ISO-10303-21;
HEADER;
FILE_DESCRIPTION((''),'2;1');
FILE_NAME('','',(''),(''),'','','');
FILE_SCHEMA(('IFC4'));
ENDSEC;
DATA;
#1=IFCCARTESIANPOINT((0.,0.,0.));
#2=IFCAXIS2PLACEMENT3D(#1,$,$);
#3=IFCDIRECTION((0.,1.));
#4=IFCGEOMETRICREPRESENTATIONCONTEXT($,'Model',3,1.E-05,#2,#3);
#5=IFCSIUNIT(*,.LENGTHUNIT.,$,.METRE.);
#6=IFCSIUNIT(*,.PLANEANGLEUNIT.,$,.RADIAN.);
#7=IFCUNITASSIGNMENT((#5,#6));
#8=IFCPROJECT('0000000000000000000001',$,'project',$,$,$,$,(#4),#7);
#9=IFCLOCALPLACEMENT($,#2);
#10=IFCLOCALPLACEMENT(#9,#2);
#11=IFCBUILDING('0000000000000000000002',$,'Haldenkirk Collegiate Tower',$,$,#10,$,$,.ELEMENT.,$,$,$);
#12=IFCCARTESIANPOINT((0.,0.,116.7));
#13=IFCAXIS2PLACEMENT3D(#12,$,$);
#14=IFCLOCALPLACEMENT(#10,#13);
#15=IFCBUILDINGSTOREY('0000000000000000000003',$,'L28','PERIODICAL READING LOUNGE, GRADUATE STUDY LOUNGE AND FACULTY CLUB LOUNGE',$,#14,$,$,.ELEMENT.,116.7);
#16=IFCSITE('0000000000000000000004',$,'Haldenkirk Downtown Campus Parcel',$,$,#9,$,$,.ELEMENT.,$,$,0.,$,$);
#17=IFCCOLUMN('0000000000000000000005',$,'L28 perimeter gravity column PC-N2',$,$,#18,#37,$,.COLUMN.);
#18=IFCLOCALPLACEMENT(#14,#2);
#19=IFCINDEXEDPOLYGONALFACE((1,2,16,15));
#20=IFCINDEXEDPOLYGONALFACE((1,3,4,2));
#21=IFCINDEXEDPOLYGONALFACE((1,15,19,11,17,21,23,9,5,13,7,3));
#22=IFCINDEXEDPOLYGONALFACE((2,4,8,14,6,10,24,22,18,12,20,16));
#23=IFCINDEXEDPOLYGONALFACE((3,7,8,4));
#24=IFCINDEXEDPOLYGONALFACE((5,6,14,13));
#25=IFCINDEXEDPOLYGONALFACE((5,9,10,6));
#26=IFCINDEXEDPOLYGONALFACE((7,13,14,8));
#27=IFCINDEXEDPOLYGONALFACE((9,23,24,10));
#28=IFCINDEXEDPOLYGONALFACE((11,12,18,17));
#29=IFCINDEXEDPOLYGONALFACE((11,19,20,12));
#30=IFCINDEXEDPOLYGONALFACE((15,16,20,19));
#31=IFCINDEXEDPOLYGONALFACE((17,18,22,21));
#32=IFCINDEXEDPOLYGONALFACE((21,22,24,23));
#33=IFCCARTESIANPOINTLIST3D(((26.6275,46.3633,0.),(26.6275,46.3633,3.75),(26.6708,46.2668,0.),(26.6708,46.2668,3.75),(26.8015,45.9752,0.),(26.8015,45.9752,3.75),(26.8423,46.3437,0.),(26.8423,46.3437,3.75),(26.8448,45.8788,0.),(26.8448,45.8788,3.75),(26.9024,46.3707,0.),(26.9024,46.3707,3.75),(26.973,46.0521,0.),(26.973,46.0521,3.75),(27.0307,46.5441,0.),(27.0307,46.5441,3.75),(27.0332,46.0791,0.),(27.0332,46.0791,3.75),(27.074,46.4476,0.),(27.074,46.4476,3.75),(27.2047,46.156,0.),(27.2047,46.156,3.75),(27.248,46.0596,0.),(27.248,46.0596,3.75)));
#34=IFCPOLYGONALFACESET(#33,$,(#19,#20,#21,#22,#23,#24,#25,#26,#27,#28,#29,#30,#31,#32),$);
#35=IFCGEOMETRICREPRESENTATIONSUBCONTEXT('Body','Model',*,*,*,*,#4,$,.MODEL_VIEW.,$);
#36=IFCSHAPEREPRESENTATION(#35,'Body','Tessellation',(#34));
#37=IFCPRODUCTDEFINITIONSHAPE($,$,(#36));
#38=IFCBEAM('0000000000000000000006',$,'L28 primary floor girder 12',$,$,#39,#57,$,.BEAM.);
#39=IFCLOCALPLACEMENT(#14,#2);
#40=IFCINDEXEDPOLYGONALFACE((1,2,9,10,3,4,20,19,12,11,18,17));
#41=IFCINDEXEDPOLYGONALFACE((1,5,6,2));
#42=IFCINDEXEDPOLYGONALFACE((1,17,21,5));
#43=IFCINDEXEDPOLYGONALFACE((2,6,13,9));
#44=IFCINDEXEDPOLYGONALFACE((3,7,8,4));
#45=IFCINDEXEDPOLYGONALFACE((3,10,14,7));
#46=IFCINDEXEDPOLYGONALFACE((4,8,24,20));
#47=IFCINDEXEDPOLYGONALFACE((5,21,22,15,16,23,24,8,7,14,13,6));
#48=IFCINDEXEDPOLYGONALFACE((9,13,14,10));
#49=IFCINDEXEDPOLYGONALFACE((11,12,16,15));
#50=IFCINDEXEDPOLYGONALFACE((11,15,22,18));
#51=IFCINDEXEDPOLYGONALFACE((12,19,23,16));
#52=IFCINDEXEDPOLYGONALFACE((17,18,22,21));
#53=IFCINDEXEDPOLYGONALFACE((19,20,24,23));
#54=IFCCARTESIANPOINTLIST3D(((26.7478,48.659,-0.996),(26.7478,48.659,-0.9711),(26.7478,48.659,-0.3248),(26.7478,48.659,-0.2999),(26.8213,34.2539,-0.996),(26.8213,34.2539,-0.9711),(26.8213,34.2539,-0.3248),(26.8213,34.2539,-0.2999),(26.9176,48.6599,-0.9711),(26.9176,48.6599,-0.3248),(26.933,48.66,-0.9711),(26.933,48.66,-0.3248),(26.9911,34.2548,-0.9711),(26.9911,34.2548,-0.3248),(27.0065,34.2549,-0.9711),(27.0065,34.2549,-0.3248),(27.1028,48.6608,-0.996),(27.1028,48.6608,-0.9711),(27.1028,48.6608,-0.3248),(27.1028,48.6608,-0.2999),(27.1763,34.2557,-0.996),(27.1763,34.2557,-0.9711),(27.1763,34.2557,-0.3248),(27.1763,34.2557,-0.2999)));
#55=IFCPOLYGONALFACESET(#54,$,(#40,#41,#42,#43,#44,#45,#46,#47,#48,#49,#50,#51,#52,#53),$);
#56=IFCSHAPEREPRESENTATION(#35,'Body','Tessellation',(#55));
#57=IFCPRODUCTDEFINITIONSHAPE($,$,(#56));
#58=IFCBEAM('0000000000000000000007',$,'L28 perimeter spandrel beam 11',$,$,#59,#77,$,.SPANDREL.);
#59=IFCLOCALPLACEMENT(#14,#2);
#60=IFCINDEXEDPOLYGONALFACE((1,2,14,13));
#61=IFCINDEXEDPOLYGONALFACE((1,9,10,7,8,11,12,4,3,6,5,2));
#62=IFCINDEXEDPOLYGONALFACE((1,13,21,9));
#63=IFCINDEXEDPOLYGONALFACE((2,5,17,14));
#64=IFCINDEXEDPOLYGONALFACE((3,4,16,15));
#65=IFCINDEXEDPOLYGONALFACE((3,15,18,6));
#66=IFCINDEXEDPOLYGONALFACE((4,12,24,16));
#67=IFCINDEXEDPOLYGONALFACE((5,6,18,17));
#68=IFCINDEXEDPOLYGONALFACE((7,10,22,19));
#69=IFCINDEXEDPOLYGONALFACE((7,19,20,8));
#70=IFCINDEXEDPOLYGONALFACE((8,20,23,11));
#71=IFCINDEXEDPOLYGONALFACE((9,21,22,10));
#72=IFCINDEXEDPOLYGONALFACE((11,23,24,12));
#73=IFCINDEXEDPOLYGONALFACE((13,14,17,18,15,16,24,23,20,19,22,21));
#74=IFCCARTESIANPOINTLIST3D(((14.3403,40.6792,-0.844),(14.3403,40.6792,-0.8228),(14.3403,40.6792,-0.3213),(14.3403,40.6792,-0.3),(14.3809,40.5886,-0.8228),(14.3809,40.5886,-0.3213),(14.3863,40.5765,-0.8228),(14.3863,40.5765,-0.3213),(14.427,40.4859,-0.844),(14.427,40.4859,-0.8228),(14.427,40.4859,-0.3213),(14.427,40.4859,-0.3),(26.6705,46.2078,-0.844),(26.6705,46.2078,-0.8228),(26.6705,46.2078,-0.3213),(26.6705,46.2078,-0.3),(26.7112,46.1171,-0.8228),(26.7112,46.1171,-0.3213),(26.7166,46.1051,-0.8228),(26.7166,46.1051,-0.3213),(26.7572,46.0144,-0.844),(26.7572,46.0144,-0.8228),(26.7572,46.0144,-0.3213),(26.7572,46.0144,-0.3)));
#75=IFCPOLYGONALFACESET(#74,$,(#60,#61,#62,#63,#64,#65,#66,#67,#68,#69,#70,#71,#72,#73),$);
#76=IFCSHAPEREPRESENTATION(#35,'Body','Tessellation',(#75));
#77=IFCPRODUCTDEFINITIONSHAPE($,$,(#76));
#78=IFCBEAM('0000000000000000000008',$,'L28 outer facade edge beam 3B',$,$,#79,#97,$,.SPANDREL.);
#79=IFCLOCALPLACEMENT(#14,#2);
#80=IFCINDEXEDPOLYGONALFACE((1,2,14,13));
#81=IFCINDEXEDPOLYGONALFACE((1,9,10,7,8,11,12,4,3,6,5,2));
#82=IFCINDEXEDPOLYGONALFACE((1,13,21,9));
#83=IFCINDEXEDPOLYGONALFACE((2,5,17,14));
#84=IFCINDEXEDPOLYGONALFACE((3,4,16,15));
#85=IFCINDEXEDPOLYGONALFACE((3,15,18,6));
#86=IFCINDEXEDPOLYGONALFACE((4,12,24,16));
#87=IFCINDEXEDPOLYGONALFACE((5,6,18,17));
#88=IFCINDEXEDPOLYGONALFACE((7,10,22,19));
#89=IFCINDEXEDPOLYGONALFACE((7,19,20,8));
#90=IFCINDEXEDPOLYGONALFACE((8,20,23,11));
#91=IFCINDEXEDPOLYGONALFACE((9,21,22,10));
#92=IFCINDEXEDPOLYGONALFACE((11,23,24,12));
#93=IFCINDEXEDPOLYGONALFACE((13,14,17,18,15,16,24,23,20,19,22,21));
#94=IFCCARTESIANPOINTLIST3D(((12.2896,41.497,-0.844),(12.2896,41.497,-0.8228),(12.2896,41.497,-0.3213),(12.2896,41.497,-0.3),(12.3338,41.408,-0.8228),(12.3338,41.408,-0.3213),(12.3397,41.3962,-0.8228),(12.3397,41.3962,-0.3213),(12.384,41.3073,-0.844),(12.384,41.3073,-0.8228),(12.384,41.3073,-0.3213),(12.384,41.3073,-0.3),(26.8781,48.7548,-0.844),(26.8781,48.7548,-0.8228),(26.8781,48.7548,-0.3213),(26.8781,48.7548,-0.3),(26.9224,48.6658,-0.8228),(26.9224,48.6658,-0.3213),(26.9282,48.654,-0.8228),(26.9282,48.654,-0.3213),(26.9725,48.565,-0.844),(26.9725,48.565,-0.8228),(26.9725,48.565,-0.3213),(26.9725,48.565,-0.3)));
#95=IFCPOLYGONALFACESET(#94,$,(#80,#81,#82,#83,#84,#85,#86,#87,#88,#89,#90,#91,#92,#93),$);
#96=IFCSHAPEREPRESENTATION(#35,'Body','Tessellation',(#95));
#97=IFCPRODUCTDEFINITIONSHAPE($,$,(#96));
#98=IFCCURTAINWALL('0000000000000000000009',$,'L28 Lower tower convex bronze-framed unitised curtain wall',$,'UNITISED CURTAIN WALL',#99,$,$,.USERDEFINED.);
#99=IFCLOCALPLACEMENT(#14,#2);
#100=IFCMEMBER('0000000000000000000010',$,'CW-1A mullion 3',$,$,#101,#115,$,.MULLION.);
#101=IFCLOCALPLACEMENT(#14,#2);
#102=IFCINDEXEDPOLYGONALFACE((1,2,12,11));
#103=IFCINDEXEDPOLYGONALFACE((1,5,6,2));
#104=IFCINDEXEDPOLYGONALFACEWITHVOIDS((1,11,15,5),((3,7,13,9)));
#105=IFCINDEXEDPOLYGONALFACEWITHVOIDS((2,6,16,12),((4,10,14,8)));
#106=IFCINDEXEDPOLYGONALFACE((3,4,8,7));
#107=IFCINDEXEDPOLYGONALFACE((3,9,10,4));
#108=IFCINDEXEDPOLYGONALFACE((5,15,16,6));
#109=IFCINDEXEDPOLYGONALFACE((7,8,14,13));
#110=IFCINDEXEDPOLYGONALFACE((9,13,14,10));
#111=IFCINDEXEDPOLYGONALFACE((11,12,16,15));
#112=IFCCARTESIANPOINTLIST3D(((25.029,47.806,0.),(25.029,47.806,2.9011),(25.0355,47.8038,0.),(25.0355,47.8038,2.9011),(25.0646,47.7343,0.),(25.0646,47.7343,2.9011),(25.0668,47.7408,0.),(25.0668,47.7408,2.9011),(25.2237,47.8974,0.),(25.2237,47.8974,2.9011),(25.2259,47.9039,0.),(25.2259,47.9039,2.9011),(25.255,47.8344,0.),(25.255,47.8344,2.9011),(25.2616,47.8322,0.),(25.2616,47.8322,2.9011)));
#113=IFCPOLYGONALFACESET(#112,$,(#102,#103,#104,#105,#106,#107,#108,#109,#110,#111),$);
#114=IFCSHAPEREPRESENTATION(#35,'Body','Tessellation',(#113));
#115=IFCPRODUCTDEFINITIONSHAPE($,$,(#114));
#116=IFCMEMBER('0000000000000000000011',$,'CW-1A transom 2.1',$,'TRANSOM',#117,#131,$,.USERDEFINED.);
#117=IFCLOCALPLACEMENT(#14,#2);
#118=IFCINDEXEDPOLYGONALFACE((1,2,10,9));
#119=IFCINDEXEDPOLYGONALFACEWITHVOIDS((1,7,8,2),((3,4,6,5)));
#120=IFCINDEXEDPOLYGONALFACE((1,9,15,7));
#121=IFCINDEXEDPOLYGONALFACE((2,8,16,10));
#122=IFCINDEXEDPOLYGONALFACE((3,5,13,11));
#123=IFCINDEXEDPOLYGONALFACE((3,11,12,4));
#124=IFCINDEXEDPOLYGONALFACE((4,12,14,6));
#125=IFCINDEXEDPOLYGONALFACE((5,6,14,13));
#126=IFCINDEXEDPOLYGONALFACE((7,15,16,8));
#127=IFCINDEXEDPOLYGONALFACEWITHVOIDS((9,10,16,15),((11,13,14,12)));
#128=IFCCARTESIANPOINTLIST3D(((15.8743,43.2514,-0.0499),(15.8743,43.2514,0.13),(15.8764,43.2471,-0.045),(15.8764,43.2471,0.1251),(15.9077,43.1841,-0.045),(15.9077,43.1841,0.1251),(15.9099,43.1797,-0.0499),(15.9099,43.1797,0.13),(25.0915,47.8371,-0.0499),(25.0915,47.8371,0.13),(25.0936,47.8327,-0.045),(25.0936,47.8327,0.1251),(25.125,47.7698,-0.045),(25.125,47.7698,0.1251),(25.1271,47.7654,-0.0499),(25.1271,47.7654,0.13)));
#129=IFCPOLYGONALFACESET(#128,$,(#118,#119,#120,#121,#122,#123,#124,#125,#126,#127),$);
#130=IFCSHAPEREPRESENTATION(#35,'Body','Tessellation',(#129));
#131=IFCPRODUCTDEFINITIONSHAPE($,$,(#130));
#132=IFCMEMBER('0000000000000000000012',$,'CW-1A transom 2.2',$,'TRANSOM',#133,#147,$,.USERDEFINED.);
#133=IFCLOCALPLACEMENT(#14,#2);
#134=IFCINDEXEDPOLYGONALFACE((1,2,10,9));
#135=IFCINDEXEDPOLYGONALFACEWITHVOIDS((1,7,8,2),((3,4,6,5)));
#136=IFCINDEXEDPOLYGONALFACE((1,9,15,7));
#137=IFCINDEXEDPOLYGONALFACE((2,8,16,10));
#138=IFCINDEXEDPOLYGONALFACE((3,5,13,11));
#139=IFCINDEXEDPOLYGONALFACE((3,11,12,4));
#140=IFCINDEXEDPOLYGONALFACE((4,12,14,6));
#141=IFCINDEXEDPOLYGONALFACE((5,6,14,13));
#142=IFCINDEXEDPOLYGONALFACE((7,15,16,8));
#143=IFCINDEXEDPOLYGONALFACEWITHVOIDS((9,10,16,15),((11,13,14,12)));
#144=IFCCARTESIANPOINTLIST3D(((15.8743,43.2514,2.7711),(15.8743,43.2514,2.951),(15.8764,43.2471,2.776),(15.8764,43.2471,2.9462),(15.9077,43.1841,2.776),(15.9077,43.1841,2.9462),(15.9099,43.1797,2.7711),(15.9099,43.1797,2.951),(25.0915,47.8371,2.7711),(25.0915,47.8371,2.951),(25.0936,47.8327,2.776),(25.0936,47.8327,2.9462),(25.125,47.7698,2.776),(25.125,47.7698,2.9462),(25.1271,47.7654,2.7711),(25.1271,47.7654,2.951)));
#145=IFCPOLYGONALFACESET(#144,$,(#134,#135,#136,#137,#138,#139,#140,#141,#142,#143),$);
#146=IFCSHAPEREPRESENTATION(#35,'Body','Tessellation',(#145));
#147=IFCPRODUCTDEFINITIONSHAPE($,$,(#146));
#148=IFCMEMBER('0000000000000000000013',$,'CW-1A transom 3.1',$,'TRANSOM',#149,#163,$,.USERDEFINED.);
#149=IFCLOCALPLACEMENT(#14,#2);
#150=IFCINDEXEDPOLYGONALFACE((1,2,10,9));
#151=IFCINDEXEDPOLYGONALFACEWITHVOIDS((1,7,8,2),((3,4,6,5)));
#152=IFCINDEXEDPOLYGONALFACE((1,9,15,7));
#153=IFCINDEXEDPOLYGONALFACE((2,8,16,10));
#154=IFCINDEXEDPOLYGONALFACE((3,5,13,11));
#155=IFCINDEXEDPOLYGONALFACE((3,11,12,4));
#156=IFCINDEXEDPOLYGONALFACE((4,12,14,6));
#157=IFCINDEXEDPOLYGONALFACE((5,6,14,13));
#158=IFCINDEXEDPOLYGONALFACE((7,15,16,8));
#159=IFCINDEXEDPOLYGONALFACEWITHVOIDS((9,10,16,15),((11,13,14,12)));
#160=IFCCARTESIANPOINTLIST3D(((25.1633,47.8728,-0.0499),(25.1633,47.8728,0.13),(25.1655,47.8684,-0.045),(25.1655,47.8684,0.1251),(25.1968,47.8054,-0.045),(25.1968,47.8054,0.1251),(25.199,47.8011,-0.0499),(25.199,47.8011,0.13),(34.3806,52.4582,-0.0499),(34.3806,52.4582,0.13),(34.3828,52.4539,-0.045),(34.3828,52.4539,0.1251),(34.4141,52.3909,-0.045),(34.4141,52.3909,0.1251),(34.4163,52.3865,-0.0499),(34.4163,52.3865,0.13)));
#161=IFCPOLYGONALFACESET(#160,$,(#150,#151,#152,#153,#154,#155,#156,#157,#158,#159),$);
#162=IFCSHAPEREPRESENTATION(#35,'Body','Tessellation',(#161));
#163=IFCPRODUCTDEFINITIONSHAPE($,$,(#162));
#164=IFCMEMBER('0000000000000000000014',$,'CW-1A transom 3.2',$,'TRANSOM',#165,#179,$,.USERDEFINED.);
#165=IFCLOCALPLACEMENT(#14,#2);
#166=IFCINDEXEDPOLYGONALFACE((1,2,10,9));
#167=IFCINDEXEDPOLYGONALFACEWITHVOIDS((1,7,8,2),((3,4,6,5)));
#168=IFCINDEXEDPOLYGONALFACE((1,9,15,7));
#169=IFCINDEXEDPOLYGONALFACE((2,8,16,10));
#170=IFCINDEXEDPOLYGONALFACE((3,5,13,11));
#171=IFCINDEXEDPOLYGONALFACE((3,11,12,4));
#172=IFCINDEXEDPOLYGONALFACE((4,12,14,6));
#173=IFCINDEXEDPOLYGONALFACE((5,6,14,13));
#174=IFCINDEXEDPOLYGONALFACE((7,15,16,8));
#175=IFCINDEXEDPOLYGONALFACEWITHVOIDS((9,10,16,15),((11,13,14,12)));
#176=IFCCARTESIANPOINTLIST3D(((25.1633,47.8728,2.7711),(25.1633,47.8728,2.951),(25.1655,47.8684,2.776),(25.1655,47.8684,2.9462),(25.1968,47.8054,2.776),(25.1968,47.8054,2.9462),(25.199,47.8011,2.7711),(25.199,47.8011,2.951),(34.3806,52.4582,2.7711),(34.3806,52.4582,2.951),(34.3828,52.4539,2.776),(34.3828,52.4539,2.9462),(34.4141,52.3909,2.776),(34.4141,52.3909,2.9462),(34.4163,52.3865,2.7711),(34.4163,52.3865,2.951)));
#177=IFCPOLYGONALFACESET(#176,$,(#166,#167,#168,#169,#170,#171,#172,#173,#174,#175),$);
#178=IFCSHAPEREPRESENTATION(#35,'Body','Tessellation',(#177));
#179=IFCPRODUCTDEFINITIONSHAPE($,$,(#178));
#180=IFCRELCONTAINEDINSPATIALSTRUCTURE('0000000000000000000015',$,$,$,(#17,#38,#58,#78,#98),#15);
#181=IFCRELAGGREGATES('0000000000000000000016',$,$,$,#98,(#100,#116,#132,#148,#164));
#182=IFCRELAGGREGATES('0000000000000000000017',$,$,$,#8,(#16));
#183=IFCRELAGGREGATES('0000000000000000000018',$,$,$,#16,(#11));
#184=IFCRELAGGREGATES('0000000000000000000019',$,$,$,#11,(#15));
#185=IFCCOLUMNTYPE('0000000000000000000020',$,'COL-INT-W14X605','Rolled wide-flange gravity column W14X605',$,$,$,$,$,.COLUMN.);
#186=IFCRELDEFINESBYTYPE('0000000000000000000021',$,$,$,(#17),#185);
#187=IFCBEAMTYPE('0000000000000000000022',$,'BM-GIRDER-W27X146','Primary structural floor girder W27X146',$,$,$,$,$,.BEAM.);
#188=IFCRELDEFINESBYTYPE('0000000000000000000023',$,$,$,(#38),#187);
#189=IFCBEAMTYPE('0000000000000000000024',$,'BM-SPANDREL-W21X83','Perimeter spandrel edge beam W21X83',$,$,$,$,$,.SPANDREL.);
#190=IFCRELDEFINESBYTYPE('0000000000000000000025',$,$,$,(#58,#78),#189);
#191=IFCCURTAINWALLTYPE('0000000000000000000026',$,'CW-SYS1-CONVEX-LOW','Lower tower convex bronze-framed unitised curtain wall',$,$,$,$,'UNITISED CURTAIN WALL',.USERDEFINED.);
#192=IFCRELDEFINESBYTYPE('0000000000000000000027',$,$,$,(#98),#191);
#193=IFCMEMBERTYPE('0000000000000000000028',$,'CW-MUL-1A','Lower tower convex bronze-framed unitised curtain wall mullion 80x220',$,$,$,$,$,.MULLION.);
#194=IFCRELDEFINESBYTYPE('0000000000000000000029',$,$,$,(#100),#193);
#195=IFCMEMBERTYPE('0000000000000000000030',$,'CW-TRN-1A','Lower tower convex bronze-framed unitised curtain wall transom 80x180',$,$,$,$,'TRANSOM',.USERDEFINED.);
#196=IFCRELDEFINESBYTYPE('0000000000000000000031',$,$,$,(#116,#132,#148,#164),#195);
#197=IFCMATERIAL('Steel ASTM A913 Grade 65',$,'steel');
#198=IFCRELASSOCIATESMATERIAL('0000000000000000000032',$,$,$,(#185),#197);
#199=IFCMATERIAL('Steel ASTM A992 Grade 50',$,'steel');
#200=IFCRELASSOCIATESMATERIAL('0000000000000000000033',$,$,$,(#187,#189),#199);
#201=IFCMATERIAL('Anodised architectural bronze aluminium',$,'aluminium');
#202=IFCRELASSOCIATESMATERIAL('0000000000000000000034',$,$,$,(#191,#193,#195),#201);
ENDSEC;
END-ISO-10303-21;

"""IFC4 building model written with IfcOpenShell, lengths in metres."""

from ifc_helpers import new_model, si_unit, direction, frame, origin, origin_2d, place, context, subcontext, project, spatial, hollow_rectangle, i_section, extrude, material, material_profile, profile_set, type_object, element, aggregate, save


model = new_model("IFC4")

# Units and contexts
model_context = context("Model", 3, precision=1e-05, world=origin(), true_north=direction((0.0, 1.0)))
body_context = subcontext(model_context, "Body", "Model", "MODEL_VIEW")
ifc_project = project(units=[si_unit("LENGTHUNIT", "METRE"), si_unit("PLANEANGLEUNIT", "RADIAN")], contexts=[model_context])

# Site, building, storey
site_placement = place(None, origin())
site = spatial("IfcSite", under=ifc_project, at=site_placement, Name="Haldenkirk Downtown Campus Parcel", CompositionType="ELEMENT", RefElevation=0.0)
building_placement = place(site_placement, origin())
building = spatial("IfcBuilding", under=site, at=building_placement, Name="Haldenkirk Collegiate Tower", CompositionType="ELEMENT")
storey_placement = place(building_placement, frame((0.0, 0.0, 116.7)))
storey = spatial("IfcBuildingStorey", under=building, at=storey_placement, Name="L28", Description="PERIODICAL READING LOUNGE, GRADUATE STUDY LOUNGE AND FACULTY CLUB LOUNGE", CompositionType="ELEMENT", Elevation=116.7)

# Column
ifc_material_1 = material(Name="Steel ASTM A913 Grade 65", Category="steel")
ifc_material_profile_1 = material_profile(ifc_material_1, i_section(OverallWidth=0.4419, OverallDepth=0.531, WebThickness=0.0659, FlangeThickness=0.1057, at=origin_2d()), Name="W14X605")
ifc_profile_set_1 = profile_set([ifc_material_profile_1], Name="Steel ASTM A913 Grade 65")
column_type = type_object("IfcColumnType", Name="COL-INT-W14X605", Description="Rolled wide-flange gravity column W14X605", PredefinedType="COLUMN", material=ifc_profile_set_1)
column_placement = place(storey_placement, frame((26.9377, 46.2114, 0.0), z_axis=(0.0, 0.0, 1.0), x_axis=(0.912477, 0.409127, 0.0)))
element("IfcColumn", 1, at=column_placement, inside=storey, type_object=column_type, Name="L28 perimeter gravity column PC-N2", PredefinedType="COLUMN", context=body_context, shape_type="SweptSolid", body=[
    extrude(i_section(OverallWidth=0.4419, OverallDepth=0.531, WebThickness=0.0659, FlangeThickness=0.1057, at=origin_2d()), origin(), (0.0, 0.0, 1.0), 3.75),
])

# Beams
ifc_material_2 = material(Name="Steel ASTM A992 Grade 50", Category="steel")
ifc_material_profile_2 = material_profile(ifc_material_2, i_section(OverallWidth=0.355, OverallDepth=0.696, WebThickness=0.0154, FlangeThickness=0.0249, at=origin_2d()), Name="W27X146")
ifc_profile_set_2 = profile_set([ifc_material_profile_2], Name="Steel ASTM A992 Grade 50")
beam_type_1 = type_object("IfcBeamType", Name="BM-GIRDER-W27X146", Description="Primary structural floor girder W27X146", PredefinedType="BEAM", material=ifc_profile_set_2)
beam_1_placement = place(storey_placement, frame((26.9253, 48.6599, -0.6479), z_axis=(0.005101, -0.999987, 0.0), x_axis=(0.999987, 0.005101, 0.0)))
element("IfcBeam", 2, at=beam_1_placement, inside=storey, type_object=beam_type_1, Name="L28 primary floor girder 12", PredefinedType="BEAM", context=body_context, shape_type="SweptSolid", body=[
    extrude(i_section(OverallWidth=0.355, OverallDepth=0.696, WebThickness=0.0154, FlangeThickness=0.0249, at=origin_2d()), origin(), (0.0, 0.0, 1.0), 14.4053),
])
ifc_material_profile_3 = material_profile(ifc_material_2, i_section(OverallWidth=0.2119, OverallDepth=0.5439, WebThickness=0.0132, FlangeThickness=0.0212, at=origin_2d()), Name="W21X83")
ifc_profile_set_3 = profile_set([ifc_material_profile_3], Name="Steel ASTM A992 Grade 50")
beam_type_2 = type_object("IfcBeamType", Name="BM-SPANDREL-W21X83", Description="Perimeter spandrel edge beam W21X83", PredefinedType="SPANDREL", material=ifc_profile_set_3)
beam_2_placement = place(storey_placement, frame((26.7139, 46.1111, -0.572), z_axis=(-0.912477, -0.409129, 0.0), x_axis=(0.409129, -0.912477, 0.0)))
element("IfcBeam", 3, at=beam_2_placement, inside=storey, type_object=beam_type_2, Name="L28 perimeter spandrel beam 11", PredefinedType="SPANDREL", context=body_context, shape_type="SweptSolid", body=[
    extrude(i_section(OverallWidth=0.2119, OverallDepth=0.5439, WebThickness=0.0132, FlangeThickness=0.0212, at=origin_2d()), origin(), (0.0, 0.0, 1.0), 13.5129),
])
beam_3_placement = place(storey_placement, frame((26.9253, 48.6599, -0.572), z_axis=(-0.895321, -0.445421, 0.0), x_axis=(0.445421, -0.895321, 0.0)))
element("IfcBeam", 4, at=beam_3_placement, inside=storey, type_object=beam_type_2, Name="L28 outer facade edge beam 3B", PredefinedType="SPANDREL", context=body_context, shape_type="SweptSolid", body=[
    extrude(i_section(OverallWidth=0.2119, OverallDepth=0.5439, WebThickness=0.0132, FlangeThickness=0.0212, at=origin_2d()), origin(), (0.0, 0.0, 1.0), 16.2942),
])

# Curtain wall, members
ifc_material_3 = material(Name="Anodised architectural bronze aluminium", Category="aluminium")
curtain_wall_type = type_object("IfcCurtainWallType", Name="CW-SYS1-CONVEX-LOW", Description="Lower tower convex bronze-framed unitised curtain wall", ElementType="UNITISED CURTAIN WALL", PredefinedType="USERDEFINED", material=ifc_material_3)
curtain_wall_placement = place(storey_placement, origin())
curtain_wall = element("IfcCurtainWall", 5, at=curtain_wall_placement, inside=storey, type_object=curtain_wall_type, Name="L28 Lower tower convex bronze-framed unitised curtain wall", ObjectType="UNITISED CURTAIN WALL", PredefinedType="USERDEFINED")
ifc_material_profile_4 = material_profile(ifc_material_3, hollow_rectangle(XDim=0.0801, YDim=0.22, WallThickness=0.0049, at=origin_2d()), Name="CW-MUL-1A")
ifc_profile_set_4 = profile_set([ifc_material_profile_4], Name="Anodised architectural bronze aluminium")
member_type_1 = type_object("IfcMemberType", Name="CW-MUL-1A", Description="Lower tower convex bronze-framed unitised curtain wall mullion 80x220", PredefinedType="MULLION", material=ifc_profile_set_4)
member_1_placement = place(storey_placement, frame((25.1453, 47.8191, 0.0), z_axis=(0.0, 0.0, 1.0), x_axis=(-0.445417, 0.895323, 0.0)))
member_1 = element("IfcMember", 6, at=member_1_placement, type_object=member_type_1, Name="CW-1A mullion 3", PredefinedType="MULLION", context=body_context, shape_type="SweptSolid", body=[
    extrude(hollow_rectangle(XDim=0.0801, YDim=0.22, WallThickness=0.0049, at=origin_2d()), origin(), (0.0, 0.0, 1.0), 2.9011),
])
ifc_material_profile_5 = material_profile(ifc_material_3, hollow_rectangle(XDim=0.0801, YDim=0.1799, WallThickness=0.0049, at=origin_2d()), Name="CW-TRN-1A")
ifc_profile_set_5 = profile_set([ifc_material_profile_5], Name="Anodised architectural bronze aluminium")
member_type_2 = type_object("IfcMemberType", Name="CW-TRN-1A", Description="Lower tower convex bronze-framed unitised curtain wall transom 80x180", ElementType="TRANSOM", PredefinedType="USERDEFINED", material=ifc_profile_set_5)
member_2_placement = place(storey_placement, frame((15.8921, 43.2156, 0.04), z_axis=(0.895317, 0.445429, 0.0), x_axis=(-0.445429, 0.895317, 0.0)))
member_2 = element("IfcMember", 7, at=member_2_placement, type_object=member_type_2, Name="CW-1A transom 2.1", ObjectType="TRANSOM", PredefinedType="USERDEFINED", context=body_context, shape_type="SweptSolid", body=[
    extrude(hollow_rectangle(XDim=0.0801, YDim=0.1799, WallThickness=0.0049, at=origin_2d()), origin(), (0.0, 0.0, 1.0), 10.2949),
])
member_3_placement = place(storey_placement, frame((15.8921, 43.2156, 2.8611), z_axis=(0.895317, 0.445429, 0.0), x_axis=(-0.445429, 0.895317, 0.0)))
member_3 = element("IfcMember", 8, at=member_3_placement, type_object=member_type_2, Name="CW-1A transom 2.2", ObjectType="TRANSOM", PredefinedType="USERDEFINED", context=body_context, shape_type="SweptSolid", body=[
    extrude(hollow_rectangle(XDim=0.0801, YDim=0.1799, WallThickness=0.0049, at=origin_2d()), origin(), (0.0, 0.0, 1.0), 10.2949),
])
member_4_placement = place(storey_placement, frame((25.1812, 47.8369, 0.04), z_axis=(0.895327, 0.44541, 0.0), x_axis=(-0.44541, 0.895327, 0.0)))
member_4 = element("IfcMember", 9, at=member_4_placement, type_object=member_type_2, Name="CW-1A transom 3.1", ObjectType="TRANSOM", PredefinedType="USERDEFINED", context=body_context, shape_type="SweptSolid", body=[
    extrude(hollow_rectangle(XDim=0.0801, YDim=0.1799, WallThickness=0.0049, at=origin_2d()), origin(), (0.0, 0.0, 1.0), 10.2949),
])
member_5_placement = place(storey_placement, frame((25.1812, 47.8369, 2.8611), z_axis=(0.895327, 0.44541, 0.0), x_axis=(-0.44541, 0.895327, 0.0)))
member_5 = element("IfcMember", 10, at=member_5_placement, type_object=member_type_2, Name="CW-1A transom 3.2", ObjectType="TRANSOM", PredefinedType="USERDEFINED", context=body_context, shape_type="SweptSolid", body=[
    extrude(hollow_rectangle(XDim=0.0801, YDim=0.1799, WallThickness=0.0049, at=origin_2d()), origin(), (0.0, 0.0, 1.0), 10.2949),
])

aggregate(curtain_wall, [member_1, member_2, member_3, member_4, member_5])

save(model, "model.ifc")
